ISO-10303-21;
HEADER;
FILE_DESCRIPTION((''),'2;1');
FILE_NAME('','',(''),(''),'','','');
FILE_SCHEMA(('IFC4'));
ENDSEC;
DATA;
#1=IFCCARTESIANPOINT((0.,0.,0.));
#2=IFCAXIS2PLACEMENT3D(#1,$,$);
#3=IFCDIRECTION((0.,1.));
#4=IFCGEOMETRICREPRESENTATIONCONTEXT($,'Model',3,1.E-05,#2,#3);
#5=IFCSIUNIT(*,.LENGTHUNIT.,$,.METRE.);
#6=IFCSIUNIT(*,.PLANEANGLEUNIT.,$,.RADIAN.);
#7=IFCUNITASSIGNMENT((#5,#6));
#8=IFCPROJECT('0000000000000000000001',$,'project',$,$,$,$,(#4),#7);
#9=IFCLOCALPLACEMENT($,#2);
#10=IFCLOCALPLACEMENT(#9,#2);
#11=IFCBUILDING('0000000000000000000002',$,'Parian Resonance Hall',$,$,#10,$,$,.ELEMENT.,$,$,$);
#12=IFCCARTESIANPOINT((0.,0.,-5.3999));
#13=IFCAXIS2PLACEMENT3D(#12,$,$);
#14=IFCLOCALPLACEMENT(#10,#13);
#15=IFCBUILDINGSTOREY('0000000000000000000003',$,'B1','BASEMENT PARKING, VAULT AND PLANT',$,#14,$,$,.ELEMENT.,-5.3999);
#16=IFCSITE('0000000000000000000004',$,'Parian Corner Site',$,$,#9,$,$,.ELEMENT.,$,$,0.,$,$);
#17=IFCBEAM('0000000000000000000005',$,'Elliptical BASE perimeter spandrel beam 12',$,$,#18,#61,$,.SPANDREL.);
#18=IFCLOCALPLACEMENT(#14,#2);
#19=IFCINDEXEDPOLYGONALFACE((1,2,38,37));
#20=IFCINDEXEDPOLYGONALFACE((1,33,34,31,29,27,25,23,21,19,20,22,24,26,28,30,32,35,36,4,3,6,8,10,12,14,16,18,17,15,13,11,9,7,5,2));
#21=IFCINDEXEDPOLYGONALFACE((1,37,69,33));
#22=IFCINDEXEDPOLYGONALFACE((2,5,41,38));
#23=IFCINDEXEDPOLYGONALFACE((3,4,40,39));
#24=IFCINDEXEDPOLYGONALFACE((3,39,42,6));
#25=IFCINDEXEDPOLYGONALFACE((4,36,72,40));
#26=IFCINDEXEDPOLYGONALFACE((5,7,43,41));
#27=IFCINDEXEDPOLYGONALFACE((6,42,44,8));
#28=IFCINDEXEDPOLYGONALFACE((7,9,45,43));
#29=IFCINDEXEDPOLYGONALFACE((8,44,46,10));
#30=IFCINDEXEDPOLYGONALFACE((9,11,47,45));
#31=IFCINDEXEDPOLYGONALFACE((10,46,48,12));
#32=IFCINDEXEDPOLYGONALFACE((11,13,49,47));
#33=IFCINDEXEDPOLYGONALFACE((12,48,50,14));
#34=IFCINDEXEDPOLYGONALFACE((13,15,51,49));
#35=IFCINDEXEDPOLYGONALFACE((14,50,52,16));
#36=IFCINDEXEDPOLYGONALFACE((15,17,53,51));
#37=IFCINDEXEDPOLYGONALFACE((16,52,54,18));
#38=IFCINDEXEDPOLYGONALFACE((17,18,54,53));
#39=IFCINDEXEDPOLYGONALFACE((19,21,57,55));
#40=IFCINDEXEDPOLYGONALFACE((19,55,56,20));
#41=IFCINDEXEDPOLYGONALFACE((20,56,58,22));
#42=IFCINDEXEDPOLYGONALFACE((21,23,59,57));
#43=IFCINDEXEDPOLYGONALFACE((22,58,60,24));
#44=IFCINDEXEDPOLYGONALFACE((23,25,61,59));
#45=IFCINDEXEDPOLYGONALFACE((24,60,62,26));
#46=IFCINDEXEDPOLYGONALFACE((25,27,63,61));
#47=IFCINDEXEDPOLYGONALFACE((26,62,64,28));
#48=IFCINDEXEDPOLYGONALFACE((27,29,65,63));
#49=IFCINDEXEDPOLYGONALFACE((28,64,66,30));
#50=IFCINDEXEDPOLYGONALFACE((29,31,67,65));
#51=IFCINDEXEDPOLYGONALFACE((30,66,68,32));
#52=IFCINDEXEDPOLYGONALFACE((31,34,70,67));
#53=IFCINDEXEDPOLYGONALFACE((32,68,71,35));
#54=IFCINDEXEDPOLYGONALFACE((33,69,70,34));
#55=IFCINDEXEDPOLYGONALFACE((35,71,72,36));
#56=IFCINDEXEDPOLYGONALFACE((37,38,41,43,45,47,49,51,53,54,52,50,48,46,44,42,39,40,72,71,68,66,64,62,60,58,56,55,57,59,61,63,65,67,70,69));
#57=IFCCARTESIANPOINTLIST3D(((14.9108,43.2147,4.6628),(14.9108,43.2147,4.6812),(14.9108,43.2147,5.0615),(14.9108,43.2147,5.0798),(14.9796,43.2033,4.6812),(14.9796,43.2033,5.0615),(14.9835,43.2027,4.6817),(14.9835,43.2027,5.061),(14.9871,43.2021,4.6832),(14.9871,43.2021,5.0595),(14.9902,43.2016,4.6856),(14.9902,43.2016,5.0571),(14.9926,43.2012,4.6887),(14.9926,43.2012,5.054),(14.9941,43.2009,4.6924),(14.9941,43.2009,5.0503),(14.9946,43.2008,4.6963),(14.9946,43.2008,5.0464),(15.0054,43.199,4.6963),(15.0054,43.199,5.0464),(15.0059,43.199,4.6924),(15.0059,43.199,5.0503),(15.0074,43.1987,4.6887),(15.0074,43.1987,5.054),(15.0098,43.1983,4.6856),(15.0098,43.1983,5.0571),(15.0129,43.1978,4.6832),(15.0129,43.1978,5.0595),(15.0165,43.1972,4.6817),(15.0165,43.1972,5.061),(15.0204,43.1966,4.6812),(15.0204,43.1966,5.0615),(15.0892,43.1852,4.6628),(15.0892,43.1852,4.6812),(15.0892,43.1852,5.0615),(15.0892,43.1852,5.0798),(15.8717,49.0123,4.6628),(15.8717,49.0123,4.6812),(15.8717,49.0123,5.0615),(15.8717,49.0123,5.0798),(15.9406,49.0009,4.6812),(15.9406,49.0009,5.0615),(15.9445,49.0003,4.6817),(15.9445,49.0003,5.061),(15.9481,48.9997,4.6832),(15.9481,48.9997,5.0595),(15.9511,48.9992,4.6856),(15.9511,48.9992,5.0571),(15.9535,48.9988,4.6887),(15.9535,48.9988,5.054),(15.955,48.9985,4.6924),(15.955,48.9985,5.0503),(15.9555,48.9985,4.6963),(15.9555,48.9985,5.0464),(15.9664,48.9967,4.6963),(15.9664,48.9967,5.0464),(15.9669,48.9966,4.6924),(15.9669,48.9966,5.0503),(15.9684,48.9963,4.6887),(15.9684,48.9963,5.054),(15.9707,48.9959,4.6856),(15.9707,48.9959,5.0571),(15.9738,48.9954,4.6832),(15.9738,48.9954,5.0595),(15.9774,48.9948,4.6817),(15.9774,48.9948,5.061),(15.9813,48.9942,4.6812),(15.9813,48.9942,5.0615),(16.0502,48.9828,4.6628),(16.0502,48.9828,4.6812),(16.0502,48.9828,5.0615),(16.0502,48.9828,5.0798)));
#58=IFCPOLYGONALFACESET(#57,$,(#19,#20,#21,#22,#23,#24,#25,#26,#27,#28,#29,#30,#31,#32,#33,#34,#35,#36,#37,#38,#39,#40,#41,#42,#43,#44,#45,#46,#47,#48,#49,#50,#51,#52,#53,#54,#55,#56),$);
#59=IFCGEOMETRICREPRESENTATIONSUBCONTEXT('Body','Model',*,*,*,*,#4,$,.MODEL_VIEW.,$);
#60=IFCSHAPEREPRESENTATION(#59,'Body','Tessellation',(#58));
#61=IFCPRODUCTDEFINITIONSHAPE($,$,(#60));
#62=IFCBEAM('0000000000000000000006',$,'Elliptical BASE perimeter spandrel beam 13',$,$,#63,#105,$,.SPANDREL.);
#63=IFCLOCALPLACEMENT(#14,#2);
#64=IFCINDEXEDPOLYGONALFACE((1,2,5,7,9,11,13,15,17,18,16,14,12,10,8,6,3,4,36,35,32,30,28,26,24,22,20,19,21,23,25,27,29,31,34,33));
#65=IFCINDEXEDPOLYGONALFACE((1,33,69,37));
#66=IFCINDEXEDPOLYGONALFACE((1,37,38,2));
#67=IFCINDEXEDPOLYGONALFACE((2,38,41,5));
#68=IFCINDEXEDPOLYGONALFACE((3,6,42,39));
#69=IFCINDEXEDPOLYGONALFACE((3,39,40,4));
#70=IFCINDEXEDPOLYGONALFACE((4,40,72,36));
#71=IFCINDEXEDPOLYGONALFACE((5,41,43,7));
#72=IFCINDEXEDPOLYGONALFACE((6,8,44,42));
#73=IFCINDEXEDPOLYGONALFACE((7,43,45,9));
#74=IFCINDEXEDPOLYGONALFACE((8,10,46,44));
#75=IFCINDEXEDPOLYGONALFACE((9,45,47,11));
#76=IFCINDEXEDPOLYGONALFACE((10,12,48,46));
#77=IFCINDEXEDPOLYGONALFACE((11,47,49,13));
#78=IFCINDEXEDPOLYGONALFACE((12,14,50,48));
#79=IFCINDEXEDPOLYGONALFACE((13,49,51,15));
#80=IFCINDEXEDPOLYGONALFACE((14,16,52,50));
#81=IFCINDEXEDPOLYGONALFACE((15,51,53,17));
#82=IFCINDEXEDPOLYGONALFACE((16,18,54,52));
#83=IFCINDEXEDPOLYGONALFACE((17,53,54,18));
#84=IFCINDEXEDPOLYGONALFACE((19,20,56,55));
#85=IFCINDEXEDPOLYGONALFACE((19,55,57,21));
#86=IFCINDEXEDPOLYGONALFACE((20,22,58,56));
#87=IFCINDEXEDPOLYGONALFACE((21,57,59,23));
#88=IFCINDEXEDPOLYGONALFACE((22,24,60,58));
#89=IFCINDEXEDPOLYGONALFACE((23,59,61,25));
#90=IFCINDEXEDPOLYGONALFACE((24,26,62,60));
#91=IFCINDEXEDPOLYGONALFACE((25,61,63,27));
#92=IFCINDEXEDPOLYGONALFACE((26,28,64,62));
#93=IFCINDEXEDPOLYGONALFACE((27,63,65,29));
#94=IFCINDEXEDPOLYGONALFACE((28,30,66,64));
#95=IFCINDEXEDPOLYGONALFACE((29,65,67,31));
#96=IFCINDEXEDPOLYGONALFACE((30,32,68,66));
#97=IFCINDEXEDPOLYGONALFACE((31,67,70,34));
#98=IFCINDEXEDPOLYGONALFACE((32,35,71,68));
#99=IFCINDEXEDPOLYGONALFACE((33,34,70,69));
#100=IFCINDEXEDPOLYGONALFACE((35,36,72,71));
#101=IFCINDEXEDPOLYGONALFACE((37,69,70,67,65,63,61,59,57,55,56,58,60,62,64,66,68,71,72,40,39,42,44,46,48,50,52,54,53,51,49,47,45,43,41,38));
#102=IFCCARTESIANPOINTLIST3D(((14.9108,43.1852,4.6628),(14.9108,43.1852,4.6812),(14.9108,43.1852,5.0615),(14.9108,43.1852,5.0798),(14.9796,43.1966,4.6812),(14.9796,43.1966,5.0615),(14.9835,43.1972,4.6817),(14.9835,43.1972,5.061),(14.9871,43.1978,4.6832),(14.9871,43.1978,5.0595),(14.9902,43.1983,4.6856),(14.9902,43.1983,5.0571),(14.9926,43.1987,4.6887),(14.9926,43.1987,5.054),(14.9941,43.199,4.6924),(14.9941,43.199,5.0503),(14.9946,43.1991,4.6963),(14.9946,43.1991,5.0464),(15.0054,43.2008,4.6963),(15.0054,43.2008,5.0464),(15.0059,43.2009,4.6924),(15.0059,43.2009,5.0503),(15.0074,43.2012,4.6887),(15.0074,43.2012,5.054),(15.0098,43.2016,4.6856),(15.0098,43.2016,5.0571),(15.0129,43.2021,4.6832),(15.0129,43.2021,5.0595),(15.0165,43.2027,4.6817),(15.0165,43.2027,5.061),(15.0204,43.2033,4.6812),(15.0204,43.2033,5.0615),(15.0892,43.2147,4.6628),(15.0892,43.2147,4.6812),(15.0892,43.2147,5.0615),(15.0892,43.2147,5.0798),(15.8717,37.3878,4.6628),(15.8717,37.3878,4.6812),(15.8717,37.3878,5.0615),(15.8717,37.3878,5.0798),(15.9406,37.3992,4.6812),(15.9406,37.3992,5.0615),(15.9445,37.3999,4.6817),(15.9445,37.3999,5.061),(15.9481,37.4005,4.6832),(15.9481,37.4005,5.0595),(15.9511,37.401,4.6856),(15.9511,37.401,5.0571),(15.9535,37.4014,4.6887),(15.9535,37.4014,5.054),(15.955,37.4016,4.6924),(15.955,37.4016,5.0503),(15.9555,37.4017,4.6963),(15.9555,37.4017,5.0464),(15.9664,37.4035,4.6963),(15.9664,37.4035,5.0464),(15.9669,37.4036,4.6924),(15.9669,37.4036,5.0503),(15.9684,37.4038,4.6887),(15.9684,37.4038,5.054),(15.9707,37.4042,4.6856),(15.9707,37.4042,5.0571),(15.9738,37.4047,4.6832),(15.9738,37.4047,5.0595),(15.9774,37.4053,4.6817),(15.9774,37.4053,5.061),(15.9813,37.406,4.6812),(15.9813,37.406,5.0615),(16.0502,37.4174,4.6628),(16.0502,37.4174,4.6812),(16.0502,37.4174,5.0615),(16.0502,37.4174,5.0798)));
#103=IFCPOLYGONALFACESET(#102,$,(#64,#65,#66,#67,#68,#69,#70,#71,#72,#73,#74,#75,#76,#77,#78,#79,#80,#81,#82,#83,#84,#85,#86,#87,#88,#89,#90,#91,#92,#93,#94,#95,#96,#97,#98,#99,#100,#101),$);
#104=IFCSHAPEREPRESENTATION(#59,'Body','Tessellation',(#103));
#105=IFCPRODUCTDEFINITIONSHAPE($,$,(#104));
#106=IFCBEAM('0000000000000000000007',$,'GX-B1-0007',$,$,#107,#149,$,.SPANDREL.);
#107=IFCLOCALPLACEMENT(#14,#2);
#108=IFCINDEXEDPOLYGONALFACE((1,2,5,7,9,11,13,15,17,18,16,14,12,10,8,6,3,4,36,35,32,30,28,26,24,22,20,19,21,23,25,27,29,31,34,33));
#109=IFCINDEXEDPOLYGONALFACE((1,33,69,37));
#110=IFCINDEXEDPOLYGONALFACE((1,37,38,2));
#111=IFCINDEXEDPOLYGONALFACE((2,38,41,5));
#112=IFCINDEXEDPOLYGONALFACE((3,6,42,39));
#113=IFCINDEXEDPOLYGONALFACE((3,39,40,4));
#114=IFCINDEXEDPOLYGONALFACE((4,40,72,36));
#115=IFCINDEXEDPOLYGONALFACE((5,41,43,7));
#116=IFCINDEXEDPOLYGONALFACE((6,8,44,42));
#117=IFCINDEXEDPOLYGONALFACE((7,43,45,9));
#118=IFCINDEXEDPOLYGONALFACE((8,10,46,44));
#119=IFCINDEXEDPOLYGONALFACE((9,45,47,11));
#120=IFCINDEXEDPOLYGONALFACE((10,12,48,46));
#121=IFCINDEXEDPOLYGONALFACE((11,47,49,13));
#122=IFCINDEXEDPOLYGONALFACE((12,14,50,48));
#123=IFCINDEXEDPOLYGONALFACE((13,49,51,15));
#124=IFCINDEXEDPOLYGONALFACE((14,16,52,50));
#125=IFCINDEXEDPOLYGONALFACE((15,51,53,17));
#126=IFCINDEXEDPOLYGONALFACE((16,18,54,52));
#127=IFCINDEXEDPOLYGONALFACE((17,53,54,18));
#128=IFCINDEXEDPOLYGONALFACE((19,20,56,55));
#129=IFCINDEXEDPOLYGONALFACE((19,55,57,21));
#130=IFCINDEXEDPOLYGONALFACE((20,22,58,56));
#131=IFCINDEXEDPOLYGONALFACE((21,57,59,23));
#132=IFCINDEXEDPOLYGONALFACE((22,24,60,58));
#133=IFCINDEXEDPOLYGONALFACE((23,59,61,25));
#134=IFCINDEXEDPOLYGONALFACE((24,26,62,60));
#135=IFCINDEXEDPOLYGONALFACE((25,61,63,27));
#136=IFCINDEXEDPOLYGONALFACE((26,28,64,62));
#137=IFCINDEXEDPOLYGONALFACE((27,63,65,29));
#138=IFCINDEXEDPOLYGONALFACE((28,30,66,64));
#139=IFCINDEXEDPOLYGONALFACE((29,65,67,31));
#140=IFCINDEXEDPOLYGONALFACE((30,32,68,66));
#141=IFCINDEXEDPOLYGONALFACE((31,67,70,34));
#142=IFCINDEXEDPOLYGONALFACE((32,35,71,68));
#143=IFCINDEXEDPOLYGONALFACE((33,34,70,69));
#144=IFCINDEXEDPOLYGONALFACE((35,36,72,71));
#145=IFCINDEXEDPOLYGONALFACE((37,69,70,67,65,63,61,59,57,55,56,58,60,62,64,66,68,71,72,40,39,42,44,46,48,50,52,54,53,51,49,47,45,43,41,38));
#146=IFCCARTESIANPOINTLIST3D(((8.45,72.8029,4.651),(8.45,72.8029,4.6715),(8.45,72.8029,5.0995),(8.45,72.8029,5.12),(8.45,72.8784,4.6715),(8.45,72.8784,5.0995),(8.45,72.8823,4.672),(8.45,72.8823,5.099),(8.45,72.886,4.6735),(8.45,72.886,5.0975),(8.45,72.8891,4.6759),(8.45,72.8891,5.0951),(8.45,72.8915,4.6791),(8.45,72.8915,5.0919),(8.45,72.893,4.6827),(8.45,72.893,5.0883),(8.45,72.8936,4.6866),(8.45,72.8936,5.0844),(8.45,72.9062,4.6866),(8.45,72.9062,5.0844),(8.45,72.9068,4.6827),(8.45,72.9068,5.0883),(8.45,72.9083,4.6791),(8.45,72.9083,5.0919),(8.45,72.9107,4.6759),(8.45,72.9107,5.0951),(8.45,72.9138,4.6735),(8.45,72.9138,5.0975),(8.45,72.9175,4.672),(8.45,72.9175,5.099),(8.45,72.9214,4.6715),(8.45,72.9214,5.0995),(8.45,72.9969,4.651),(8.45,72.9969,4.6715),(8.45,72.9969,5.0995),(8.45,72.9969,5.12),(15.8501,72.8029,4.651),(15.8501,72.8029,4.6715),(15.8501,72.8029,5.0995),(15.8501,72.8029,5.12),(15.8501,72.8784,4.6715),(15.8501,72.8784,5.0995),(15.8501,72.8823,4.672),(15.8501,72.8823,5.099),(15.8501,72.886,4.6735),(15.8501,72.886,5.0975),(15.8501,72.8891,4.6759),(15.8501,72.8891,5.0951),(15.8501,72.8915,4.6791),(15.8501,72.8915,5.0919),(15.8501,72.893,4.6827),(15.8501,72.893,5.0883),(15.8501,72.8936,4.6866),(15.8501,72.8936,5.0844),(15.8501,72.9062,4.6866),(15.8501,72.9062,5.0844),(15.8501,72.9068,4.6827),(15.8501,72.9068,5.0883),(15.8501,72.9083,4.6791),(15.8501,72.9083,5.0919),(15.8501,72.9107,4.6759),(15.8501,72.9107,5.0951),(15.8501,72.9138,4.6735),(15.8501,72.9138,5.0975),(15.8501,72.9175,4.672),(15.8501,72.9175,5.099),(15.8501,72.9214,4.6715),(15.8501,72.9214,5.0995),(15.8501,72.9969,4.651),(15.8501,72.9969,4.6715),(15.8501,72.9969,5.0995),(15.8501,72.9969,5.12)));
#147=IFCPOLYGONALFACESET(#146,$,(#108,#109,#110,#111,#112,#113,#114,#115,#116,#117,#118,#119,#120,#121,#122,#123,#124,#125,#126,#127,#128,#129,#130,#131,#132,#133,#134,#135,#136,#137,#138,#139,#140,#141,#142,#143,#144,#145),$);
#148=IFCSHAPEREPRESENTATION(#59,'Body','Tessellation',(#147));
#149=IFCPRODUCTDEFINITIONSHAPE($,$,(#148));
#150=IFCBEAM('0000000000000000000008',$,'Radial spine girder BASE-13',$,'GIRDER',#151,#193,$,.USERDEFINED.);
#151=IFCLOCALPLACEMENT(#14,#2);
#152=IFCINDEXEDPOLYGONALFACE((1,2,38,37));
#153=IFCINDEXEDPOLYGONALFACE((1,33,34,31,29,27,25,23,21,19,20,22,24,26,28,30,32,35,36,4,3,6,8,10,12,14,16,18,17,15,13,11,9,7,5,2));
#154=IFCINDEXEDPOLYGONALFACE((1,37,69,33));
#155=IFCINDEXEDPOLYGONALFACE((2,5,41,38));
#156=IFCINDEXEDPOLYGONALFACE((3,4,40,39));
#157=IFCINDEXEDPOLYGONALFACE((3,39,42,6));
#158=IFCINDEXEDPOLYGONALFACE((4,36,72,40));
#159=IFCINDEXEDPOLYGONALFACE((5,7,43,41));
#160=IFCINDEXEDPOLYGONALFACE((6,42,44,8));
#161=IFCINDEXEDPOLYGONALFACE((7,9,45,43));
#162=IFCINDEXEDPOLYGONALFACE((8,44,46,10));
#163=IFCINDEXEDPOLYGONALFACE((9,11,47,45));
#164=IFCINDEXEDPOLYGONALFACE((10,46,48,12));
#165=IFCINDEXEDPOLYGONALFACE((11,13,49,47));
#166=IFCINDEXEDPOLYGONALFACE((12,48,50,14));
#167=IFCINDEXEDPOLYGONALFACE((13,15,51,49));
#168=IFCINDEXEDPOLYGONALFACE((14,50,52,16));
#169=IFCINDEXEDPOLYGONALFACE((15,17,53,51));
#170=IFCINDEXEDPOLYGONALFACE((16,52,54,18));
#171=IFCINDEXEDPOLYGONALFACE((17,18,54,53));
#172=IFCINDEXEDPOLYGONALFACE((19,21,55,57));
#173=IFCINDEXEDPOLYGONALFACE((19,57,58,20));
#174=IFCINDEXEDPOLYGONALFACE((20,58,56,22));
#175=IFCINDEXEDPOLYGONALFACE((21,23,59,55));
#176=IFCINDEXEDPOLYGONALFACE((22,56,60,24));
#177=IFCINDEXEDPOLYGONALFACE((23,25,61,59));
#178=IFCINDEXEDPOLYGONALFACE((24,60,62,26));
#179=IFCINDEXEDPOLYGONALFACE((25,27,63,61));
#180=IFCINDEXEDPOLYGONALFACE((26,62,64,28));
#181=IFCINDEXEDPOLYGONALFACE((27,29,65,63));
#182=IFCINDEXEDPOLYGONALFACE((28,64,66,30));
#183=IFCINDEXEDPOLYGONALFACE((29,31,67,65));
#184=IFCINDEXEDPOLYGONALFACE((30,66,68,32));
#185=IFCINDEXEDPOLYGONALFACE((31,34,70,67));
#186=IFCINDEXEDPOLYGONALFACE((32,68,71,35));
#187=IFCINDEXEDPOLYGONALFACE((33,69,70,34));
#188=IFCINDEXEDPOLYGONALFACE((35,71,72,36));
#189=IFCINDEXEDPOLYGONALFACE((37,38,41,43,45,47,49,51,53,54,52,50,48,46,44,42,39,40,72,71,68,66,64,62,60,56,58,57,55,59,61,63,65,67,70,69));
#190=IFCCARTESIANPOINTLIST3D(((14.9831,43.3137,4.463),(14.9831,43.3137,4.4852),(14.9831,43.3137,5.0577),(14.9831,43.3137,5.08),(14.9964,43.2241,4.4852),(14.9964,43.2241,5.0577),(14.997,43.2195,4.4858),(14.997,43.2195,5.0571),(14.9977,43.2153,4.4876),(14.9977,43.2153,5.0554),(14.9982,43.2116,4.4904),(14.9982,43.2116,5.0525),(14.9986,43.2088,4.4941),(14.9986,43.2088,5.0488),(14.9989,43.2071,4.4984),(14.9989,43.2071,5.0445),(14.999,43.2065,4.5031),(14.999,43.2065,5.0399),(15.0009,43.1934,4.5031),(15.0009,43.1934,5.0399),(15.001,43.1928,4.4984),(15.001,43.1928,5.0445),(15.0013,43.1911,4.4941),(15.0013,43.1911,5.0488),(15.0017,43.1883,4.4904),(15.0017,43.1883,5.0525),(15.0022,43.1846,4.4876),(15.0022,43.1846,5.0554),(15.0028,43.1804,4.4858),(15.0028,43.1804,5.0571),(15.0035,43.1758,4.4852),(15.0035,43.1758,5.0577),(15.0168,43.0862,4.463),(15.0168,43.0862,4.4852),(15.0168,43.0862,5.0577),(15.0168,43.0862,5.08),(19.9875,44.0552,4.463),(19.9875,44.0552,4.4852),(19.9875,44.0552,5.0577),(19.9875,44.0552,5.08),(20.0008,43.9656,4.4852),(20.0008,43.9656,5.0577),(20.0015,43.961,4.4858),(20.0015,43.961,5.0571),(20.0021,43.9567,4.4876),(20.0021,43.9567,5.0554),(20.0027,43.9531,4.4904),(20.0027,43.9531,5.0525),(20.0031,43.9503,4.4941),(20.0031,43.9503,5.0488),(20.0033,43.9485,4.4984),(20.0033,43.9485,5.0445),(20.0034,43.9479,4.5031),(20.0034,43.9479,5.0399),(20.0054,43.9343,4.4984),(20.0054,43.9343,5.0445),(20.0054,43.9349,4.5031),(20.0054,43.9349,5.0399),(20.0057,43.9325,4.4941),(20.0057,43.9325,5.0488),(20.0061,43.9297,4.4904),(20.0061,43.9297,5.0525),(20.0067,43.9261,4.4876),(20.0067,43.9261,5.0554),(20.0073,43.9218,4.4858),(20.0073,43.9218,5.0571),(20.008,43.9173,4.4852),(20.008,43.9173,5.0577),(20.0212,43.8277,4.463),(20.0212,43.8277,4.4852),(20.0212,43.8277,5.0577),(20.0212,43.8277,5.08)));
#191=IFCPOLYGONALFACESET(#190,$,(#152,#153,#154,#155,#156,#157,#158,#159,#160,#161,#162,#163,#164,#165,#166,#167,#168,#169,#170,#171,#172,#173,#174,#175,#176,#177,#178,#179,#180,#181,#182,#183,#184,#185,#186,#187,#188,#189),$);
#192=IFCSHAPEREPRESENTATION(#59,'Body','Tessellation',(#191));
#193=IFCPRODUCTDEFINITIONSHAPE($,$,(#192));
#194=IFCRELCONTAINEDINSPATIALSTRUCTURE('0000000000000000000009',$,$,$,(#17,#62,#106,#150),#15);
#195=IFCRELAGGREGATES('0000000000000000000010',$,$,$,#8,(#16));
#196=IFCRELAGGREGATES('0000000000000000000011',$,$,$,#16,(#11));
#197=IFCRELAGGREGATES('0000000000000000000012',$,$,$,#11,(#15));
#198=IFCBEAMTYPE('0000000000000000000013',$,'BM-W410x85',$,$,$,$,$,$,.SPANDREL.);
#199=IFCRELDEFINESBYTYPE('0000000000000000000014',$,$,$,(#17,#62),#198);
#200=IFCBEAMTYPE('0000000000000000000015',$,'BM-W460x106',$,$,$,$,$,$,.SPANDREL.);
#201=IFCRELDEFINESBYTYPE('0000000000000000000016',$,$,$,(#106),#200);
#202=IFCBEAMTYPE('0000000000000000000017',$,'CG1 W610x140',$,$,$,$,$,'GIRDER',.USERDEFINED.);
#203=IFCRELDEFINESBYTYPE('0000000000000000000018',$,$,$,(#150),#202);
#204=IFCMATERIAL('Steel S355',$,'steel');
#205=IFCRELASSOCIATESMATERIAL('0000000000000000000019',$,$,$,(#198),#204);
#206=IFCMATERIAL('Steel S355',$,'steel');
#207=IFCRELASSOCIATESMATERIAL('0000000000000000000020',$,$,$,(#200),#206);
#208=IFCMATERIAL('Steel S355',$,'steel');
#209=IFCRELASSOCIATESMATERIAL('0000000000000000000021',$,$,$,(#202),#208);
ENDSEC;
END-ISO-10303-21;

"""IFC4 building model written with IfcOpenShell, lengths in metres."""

from ifc_helpers import new_model, si_unit, direction, frame, origin, origin_2d, place, context, subcontext, project, spatial, i_section, extrude, material, material_profile, profile_set, type_object, element, save


model = new_model("IFC4")

# Units and contexts
model_context = context("Model", 3, precision=1e-05, world=origin(), true_north=direction((0.0, 1.0)))
body_context = subcontext(model_context, "Body", "Model", "MODEL_VIEW")
ifc_project = project(units=[si_unit("LENGTHUNIT", "METRE"), si_unit("PLANEANGLEUNIT", "RADIAN")], contexts=[model_context])

# Site, building, storey
site_placement = place(None, origin())
site = spatial("IfcSite", under=ifc_project, at=site_placement, Name="Parian Corner Site", CompositionType="ELEMENT", RefElevation=0.0)
building_placement = place(site_placement, origin())
building = spatial("IfcBuilding", under=site, at=building_placement, Name="Parian Resonance Hall", CompositionType="ELEMENT")
storey_placement = place(building_placement, frame((0.0, 0.0, -5.3999)))
storey = spatial("IfcBuildingStorey", under=building, at=storey_placement, Name="B1", Description="BASEMENT PARKING, VAULT AND PLANT", CompositionType="ELEMENT", Elevation=-5.3999)

# Beams
ifc_material_1 = material(Name="Steel S355", Category="steel")
ifc_material_profile_1 = material_profile(ifc_material_1, i_section(OverallWidth=0.1809, OverallDepth=0.417, WebThickness=0.011, FlangeThickness=0.0183, FilletRadius=0.0151, at=origin_2d()), Name="W410x85")
ifc_profile_set_1 = profile_set([ifc_material_profile_1], Name="Steel S355")
beam_type_1 = type_object("IfcBeamType", Name="BM-W410x85", PredefinedType="SPANDREL", material=ifc_profile_set_1)
beam_1_placement = place(storey_placement, frame((15.9609, 48.9976, 4.8713), z_axis=(-0.163516, -0.986541, 0.0), x_axis=(0.986541, -0.163516, 0.0)))
element("IfcBeam", 1, at=beam_1_placement, inside=storey, type_object=beam_type_1, Name="Elliptical BASE perimeter spandrel beam 12", PredefinedType="SPANDREL", context=body_context, shape_type="SweptSolid", body=[
    extrude(i_section(OverallWidth=0.1809, OverallDepth=0.417, WebThickness=0.011, FlangeThickness=0.0183, FilletRadius=0.0151, at=origin_2d()), origin(), (0.0, 0.0, 1.0), 5.8767),
])
beam_2_placement = place(storey_placement, frame((15.0, 43.2, 4.8713), z_axis=(0.163523, -0.98654, 0.0), x_axis=(0.98654, 0.163523, 0.0)))
element("IfcBeam", 2, at=beam_2_placement, inside=storey, type_object=beam_type_1, Name="Elliptical BASE perimeter spandrel beam 13", PredefinedType="SPANDREL", context=body_context, shape_type="SweptSolid", body=[
    extrude(i_section(OverallWidth=0.1809, OverallDepth=0.417, WebThickness=0.011, FlangeThickness=0.0183, FilletRadius=0.0151, at=origin_2d()), origin(), (0.0, 0.0, 1.0), 5.8765),
])
ifc_material_2 = material(Name="Steel S355", Category="steel")
ifc_material_profile_2 = material_profile(ifc_material_2, i_section(OverallWidth=0.1941, OverallDepth=0.469, WebThickness=0.0127, FlangeThickness=0.0205, FilletRadius=0.0151, at=origin_2d()), Name="W460x106")
ifc_profile_set_2 = profile_set([ifc_material_profile_2], Name="Steel S355")
beam_type_2 = type_object("IfcBeamType", Name="BM-W460x106", PredefinedType="SPANDREL", material=ifc_profile_set_2)
beam_3_placement = place(storey_placement, frame((8.45, 72.8999, 4.8855), z_axis=(1.0, 0.0, 0.0), x_axis=(0.0, 1.0, 0.0)))
element("IfcBeam", 3, at=beam_3_placement, inside=storey, type_object=beam_type_2, Name="GX-B1-0007", PredefinedType="SPANDREL", context=body_context, shape_type="SweptSolid", body=[
    extrude(i_section(OverallWidth=0.1941, OverallDepth=0.469, WebThickness=0.0127, FlangeThickness=0.0205, FilletRadius=0.0151, at=origin_2d()), origin(), (0.0, 0.0, 1.0), 7.4001),
])
ifc_material_3 = material(Name="Steel S355", Category="steel")
ifc_material_profile_3 = material_profile(ifc_material_3, i_section(OverallWidth=0.23, OverallDepth=0.6169, WebThickness=0.0132, FlangeThickness=0.0222, FilletRadius=0.0178, at=origin_2d()), Name="W610x140")
ifc_profile_set_3 = profile_set([ifc_material_profile_3], Name="Steel S355")
beam_type_3 = type_object("IfcBeamType", Name="CG1 W610x140", ElementType="GIRDER", PredefinedType="USERDEFINED", material=ifc_profile_set_3)
beam_4_placement = place(storey_placement, frame((20.0044, 43.9414, 4.7715), z_axis=(-0.989202, -0.146561, 0.0), x_axis=(0.146561, -0.989202, 0.0)))
element("IfcBeam", 4, at=beam_4_placement, inside=storey, type_object=beam_type_3, Name="Radial spine girder BASE-13", ObjectType="GIRDER", PredefinedType="USERDEFINED", context=body_context, shape_type="SweptSolid", body=[
    extrude(i_section(OverallWidth=0.23, OverallDepth=0.6169, WebThickness=0.0132, FlangeThickness=0.0222, FilletRadius=0.0178, at=origin_2d()), origin(), (0.0, 0.0, 1.0), 5.0591),
])

save(model, "model.ifc")
